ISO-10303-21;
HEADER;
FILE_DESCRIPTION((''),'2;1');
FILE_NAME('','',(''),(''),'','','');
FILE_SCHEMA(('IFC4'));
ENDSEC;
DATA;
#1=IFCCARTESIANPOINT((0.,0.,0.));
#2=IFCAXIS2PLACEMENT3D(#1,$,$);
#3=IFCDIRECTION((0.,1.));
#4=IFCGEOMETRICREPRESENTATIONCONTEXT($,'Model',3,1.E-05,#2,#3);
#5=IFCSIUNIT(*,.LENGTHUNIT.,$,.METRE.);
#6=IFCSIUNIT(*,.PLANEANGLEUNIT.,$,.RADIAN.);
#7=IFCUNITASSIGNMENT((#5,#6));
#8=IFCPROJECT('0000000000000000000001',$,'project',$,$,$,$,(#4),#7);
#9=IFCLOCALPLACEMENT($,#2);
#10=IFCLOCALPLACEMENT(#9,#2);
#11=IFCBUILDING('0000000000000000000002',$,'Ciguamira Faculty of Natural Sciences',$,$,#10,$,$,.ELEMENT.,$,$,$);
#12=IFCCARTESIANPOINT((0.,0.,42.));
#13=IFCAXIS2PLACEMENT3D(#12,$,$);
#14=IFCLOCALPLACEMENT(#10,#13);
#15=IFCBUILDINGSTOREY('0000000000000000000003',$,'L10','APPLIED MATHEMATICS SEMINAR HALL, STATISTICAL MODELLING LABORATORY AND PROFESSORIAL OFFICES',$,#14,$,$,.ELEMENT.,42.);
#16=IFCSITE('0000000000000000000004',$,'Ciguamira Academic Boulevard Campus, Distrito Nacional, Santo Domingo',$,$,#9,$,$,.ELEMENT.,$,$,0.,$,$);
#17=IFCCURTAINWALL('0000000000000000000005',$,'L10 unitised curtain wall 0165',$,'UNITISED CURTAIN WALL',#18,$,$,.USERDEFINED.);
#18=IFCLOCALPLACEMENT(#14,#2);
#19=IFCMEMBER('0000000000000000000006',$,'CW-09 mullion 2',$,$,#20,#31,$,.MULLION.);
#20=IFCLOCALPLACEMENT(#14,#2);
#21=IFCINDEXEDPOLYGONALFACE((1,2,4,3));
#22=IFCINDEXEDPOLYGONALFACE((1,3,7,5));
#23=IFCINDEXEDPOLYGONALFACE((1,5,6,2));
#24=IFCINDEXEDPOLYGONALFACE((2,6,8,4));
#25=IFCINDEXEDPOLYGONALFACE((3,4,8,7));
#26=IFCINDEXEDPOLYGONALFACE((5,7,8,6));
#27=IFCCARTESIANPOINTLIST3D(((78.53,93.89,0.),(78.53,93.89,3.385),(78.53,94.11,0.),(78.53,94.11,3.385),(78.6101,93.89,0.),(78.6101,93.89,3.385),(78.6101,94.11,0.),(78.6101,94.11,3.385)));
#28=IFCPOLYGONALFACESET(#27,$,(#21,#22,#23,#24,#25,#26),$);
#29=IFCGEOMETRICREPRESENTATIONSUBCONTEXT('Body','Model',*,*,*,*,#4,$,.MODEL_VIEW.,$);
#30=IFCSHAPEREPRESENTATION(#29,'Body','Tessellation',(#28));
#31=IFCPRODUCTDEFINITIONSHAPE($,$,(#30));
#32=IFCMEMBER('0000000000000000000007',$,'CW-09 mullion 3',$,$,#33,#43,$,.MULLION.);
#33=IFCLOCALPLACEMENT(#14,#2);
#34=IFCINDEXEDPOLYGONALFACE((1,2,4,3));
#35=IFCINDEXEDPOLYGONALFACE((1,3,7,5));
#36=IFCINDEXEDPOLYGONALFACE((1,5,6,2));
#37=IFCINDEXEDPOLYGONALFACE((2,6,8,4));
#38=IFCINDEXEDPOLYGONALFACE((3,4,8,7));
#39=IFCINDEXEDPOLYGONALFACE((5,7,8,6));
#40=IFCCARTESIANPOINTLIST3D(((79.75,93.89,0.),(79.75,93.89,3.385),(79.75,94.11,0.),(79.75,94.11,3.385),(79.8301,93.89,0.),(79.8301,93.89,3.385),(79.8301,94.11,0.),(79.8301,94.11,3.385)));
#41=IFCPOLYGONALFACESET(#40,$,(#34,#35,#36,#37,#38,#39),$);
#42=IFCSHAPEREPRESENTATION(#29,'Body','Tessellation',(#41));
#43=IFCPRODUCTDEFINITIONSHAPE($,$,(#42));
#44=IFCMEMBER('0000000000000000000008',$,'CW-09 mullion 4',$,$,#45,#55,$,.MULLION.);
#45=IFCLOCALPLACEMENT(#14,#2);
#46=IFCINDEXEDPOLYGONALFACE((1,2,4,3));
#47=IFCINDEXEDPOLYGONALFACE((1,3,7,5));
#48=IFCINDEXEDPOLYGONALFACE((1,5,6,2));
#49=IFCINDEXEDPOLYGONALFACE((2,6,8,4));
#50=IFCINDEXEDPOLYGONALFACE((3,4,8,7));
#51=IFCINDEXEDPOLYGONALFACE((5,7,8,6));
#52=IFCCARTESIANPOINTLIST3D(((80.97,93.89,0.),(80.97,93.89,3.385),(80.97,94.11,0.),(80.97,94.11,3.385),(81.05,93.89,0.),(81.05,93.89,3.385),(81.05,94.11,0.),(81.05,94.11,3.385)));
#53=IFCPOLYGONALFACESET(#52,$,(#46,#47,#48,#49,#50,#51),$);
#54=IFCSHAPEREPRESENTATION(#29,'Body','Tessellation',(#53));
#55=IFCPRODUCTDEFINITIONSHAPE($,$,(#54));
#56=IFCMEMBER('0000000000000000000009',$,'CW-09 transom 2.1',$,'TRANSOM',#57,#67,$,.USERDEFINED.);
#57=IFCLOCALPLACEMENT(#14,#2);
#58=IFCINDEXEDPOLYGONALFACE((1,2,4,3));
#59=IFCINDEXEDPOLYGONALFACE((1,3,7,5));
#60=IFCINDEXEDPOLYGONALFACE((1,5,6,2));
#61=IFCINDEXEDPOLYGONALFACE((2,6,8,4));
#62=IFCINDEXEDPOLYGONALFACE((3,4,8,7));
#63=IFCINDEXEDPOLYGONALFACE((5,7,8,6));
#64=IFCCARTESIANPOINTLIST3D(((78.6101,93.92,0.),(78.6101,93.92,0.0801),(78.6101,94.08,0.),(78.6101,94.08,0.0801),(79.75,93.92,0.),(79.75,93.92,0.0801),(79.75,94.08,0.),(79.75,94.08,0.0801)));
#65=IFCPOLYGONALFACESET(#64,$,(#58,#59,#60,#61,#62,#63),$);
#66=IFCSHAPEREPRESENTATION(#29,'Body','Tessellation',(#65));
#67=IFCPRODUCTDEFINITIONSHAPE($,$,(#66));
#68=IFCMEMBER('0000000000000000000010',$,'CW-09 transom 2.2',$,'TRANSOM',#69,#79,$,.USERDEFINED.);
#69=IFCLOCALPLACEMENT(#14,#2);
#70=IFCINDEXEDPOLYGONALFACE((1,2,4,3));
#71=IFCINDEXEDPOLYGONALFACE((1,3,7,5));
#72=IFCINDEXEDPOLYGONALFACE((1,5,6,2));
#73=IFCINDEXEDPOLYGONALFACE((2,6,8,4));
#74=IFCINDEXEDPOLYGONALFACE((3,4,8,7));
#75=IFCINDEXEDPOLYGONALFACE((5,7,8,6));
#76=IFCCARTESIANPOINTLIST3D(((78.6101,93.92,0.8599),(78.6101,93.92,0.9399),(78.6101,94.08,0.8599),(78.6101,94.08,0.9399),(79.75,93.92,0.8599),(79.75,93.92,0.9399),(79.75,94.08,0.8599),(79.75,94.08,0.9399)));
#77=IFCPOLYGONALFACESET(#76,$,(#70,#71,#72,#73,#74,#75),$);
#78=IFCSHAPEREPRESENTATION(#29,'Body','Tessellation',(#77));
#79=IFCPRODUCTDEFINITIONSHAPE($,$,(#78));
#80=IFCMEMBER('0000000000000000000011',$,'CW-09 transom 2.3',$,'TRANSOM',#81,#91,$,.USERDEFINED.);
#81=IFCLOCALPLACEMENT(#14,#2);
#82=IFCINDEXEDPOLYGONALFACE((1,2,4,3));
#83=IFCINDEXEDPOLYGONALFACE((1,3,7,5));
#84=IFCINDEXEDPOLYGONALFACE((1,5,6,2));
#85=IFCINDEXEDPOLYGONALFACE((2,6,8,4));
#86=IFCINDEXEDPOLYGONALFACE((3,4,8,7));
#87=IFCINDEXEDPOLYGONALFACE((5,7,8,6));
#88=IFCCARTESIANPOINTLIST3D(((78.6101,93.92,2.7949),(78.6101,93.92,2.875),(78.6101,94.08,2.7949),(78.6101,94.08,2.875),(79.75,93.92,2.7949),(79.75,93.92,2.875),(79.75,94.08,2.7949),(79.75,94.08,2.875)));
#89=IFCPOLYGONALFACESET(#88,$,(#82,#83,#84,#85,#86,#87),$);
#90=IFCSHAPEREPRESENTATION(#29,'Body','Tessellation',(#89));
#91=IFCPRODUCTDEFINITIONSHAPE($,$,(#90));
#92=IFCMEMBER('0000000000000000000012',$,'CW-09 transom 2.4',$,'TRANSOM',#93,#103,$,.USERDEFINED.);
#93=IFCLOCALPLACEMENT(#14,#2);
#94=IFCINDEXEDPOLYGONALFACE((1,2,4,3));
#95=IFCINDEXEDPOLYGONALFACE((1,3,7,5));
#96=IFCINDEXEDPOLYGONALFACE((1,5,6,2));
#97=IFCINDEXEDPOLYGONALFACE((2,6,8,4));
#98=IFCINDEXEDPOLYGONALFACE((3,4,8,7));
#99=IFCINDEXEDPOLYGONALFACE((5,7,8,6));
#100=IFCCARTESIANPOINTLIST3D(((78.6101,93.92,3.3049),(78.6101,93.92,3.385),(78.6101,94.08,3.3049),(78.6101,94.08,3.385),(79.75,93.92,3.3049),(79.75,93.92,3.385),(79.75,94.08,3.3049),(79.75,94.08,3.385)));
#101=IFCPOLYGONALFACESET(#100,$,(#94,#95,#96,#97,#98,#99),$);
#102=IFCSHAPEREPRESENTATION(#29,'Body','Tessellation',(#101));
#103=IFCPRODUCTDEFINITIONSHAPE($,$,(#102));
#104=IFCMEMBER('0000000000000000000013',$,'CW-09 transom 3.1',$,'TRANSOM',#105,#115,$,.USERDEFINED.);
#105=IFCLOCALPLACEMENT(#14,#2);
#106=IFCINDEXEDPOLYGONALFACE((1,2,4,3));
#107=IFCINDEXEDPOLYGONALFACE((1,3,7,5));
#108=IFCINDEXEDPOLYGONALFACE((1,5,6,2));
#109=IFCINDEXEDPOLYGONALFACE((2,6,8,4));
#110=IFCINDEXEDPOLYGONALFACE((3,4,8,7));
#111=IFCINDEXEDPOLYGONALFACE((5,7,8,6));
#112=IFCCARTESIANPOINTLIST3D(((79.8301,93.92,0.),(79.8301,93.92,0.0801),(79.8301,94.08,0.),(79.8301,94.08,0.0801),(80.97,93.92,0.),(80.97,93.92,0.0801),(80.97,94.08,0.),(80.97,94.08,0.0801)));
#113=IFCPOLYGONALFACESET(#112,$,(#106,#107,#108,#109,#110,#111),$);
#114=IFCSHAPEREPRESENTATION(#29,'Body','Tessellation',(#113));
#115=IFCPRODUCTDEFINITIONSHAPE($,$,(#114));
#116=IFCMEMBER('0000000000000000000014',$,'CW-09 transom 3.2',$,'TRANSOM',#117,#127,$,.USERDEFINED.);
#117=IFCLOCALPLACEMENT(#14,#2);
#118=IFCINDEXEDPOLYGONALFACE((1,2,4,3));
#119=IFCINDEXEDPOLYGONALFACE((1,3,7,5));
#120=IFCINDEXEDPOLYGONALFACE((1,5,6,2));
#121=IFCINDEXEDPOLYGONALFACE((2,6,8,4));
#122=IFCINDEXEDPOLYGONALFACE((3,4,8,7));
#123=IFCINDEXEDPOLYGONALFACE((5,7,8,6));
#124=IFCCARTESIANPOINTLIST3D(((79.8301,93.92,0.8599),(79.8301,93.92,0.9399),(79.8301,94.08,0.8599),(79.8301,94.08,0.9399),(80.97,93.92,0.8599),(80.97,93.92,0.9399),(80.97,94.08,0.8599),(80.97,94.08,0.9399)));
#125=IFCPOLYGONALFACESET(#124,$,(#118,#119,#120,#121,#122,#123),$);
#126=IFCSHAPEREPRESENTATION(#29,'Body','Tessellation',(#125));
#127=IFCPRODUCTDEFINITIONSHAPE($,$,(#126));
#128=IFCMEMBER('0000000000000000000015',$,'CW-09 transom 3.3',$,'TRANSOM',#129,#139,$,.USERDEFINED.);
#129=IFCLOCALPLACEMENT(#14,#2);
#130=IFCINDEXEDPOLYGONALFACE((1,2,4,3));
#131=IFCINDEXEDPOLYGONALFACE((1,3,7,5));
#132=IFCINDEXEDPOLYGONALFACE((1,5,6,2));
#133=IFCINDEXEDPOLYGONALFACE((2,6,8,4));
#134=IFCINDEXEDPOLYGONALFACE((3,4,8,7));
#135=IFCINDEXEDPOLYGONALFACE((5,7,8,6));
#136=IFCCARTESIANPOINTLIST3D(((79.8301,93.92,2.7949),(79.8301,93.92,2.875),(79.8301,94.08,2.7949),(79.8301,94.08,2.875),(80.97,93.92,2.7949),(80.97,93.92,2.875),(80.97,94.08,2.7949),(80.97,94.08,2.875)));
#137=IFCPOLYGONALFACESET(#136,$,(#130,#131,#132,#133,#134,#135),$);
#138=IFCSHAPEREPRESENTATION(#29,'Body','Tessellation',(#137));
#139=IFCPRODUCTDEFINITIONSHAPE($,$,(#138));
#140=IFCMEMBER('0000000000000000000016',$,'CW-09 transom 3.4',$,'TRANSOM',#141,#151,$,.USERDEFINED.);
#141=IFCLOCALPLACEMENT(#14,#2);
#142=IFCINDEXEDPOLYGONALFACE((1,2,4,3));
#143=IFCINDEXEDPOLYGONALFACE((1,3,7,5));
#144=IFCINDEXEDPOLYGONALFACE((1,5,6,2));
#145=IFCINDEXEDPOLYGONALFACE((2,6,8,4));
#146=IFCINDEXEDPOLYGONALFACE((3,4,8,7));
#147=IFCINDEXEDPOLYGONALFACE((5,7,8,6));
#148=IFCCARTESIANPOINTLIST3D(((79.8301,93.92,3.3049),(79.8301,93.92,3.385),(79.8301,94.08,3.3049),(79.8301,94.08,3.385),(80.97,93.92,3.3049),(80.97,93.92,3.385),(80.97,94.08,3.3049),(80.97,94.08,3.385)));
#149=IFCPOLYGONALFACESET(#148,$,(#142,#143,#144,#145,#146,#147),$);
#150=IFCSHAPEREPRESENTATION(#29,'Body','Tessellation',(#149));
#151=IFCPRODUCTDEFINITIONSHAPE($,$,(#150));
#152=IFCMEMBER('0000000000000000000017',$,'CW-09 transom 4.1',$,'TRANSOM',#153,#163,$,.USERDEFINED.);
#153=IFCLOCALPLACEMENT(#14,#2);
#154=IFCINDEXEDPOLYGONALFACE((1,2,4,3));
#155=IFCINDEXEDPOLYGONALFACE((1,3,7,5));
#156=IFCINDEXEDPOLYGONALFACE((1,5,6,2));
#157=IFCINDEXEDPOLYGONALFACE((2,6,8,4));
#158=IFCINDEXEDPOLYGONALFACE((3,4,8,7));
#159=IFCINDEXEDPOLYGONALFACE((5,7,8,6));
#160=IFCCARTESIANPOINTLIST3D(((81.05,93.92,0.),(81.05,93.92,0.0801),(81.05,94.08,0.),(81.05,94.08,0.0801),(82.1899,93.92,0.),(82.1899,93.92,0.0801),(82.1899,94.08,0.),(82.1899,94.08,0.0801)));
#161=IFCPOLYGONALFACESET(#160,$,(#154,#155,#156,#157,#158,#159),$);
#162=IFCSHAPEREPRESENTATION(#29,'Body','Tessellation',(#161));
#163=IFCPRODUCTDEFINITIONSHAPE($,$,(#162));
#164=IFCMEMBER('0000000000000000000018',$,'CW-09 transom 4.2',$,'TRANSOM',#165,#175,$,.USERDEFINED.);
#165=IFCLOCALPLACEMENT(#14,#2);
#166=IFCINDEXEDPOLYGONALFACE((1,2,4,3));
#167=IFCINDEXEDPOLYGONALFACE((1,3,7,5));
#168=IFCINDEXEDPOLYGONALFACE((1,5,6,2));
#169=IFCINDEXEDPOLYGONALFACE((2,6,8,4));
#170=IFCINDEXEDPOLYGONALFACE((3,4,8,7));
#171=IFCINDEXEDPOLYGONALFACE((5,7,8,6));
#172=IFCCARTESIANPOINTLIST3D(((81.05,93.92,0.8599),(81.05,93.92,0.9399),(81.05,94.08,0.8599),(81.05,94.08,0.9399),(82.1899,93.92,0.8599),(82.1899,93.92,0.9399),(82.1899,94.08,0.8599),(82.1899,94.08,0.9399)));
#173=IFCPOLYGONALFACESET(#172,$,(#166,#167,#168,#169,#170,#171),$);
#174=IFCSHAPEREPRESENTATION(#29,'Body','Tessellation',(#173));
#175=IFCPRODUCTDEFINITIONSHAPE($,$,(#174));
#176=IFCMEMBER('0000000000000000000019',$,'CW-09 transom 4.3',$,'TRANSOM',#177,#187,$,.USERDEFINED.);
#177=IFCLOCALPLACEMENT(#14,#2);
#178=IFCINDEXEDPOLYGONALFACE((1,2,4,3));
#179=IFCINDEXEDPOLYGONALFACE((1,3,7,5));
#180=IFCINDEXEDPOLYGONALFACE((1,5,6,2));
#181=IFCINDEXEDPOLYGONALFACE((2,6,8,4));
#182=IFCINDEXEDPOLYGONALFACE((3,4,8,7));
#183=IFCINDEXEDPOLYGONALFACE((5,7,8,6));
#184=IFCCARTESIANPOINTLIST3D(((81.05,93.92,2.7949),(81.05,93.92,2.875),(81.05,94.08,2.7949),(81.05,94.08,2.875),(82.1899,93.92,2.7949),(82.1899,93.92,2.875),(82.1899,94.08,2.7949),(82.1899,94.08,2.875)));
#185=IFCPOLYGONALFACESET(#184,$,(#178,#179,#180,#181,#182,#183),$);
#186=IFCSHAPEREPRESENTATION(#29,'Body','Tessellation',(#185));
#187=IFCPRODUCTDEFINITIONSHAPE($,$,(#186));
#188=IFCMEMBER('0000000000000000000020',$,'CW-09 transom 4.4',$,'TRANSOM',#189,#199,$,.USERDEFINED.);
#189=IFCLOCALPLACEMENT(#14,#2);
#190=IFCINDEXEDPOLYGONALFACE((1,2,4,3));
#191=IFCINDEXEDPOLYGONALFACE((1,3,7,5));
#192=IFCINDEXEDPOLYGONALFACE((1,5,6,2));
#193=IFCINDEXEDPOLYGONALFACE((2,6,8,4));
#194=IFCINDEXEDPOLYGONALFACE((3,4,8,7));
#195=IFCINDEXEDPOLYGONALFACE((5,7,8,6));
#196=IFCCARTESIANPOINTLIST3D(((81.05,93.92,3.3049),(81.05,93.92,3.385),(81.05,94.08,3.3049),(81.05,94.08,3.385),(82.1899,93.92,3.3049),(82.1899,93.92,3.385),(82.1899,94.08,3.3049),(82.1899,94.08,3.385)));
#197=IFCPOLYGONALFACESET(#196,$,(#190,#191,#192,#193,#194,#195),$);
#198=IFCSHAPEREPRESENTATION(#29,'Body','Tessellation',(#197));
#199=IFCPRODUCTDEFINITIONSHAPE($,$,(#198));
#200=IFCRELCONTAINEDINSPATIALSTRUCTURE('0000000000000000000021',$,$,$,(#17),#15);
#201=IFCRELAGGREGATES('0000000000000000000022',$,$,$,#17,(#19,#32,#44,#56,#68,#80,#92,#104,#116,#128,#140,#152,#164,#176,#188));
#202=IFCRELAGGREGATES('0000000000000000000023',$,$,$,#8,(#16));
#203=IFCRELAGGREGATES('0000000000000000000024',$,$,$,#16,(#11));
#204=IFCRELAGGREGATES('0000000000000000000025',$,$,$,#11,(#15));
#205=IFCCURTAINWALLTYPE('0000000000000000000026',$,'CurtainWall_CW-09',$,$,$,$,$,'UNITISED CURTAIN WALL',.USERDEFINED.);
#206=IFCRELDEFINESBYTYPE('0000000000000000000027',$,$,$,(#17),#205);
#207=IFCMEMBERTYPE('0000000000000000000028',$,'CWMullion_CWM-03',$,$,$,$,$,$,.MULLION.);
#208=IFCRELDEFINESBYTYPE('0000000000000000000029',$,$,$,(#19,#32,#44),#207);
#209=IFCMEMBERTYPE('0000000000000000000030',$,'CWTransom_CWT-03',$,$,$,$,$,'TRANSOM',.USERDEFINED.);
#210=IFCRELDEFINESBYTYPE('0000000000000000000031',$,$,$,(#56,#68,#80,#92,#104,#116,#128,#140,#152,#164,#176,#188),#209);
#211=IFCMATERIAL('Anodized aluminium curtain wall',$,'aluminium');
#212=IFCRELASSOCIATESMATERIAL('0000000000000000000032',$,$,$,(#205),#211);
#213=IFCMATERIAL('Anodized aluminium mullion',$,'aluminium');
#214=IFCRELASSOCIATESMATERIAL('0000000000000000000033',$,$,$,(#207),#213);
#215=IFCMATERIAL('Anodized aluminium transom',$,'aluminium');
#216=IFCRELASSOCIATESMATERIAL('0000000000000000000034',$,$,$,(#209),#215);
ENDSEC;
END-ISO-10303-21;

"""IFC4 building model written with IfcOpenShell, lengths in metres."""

from ifc_helpers import new_model, si_unit, direction, frame, origin, origin_2d, place, context, subcontext, project, spatial, rectangle, extrude, material, material_profile, profile_set, type_object, element, aggregate, save


model = new_model("IFC4")

# Units and contexts
model_context = context("Model", 3, precision=1e-05, world=origin(), true_north=direction((0.0, 1.0)))
body_context = subcontext(model_context, "Body", "Model", "MODEL_VIEW")
ifc_project = project(units=[si_unit("LENGTHUNIT", "METRE"), si_unit("PLANEANGLEUNIT", "RADIAN")], contexts=[model_context])

# Site, building, storey
site_placement = place(None, origin())
site = spatial("IfcSite", under=ifc_project, at=site_placement, Name="Ciguamira Academic Boulevard Campus, Distrito Nacional, Santo Domingo", CompositionType="ELEMENT", RefElevation=0.0)
building_placement = place(site_placement, origin())
building = spatial("IfcBuilding", under=site, at=building_placement, Name="Ciguamira Faculty of Natural Sciences", CompositionType="ELEMENT")
storey_placement = place(building_placement, frame((0.0, 0.0, 42.0)))
storey = spatial("IfcBuildingStorey", under=building, at=storey_placement, Name="L10", Description="APPLIED MATHEMATICS SEMINAR HALL, STATISTICAL MODELLING LABORATORY AND PROFESSORIAL OFFICES", CompositionType="ELEMENT", Elevation=42.0)

# Curtain wall, members
ifc_material_1 = material(Name="Anodized aluminium curtain wall", Category="aluminium")
curtain_wall_type = type_object("IfcCurtainWallType", Name="CurtainWall_CW-09", ElementType="UNITISED CURTAIN WALL", PredefinedType="USERDEFINED", material=ifc_material_1)
curtain_wall_placement = place(storey_placement, origin())
curtain_wall = element("IfcCurtainWall", 1, at=curtain_wall_placement, inside=storey, type_object=curtain_wall_type, Name="L10 unitised curtain wall 0165", ObjectType="UNITISED CURTAIN WALL", PredefinedType="USERDEFINED")
ifc_material_2 = material(Name="Anodized aluminium mullion", Category="aluminium")
ifc_material_profile_1 = material_profile(ifc_material_2, rectangle(XDim=0.0801, YDim=0.22, at=origin_2d()), Name="ALU-MUL-80X220")
ifc_profile_set_1 = profile_set([ifc_material_profile_1], Name="Anodized aluminium mullion")
member_type_1 = type_object("IfcMemberType", Name="CWMullion_CWM-03", PredefinedType="MULLION", material=ifc_profile_set_1)
member_1_placement = place(storey_placement, frame((78.5701, 94.0, 0.0), z_axis=(0.0, 0.0, 1.0), x_axis=(1.0, 0.0, 0.0)))
member_1 = element("IfcMember", 2, at=member_1_placement, type_object=member_type_1, Name="CW-09 mullion 2", PredefinedType="MULLION", context=body_context, shape_type="SweptSolid", body=[
    extrude(rectangle(XDim=0.0801, YDim=0.22, at=origin_2d()), origin(), (0.0, 0.0, 1.0), 3.385),
])
member_2_placement = place(storey_placement, frame((79.79, 94.0, 0.0), z_axis=(0.0, 0.0, 1.0), x_axis=(1.0, 0.0, 0.0)))
member_2 = element("IfcMember", 3, at=member_2_placement, type_object=member_type_1, Name="CW-09 mullion 3", PredefinedType="MULLION", context=body_context, shape_type="SweptSolid", body=[
    extrude(rectangle(XDim=0.0801, YDim=0.22, at=origin_2d()), origin(), (0.0, 0.0, 1.0), 3.385),
])
member_3_placement = place(storey_placement, frame((81.01, 94.0, 0.0), z_axis=(0.0, 0.0, 1.0), x_axis=(1.0, 0.0, 0.0)))
member_3 = element("IfcMember", 4, at=member_3_placement, type_object=member_type_1, Name="CW-09 mullion 4", PredefinedType="MULLION", context=body_context, shape_type="SweptSolid", body=[
    extrude(rectangle(XDim=0.0801, YDim=0.22, at=origin_2d()), origin(), (0.0, 0.0, 1.0), 3.385),
])
ifc_material_3 = material(Name="Anodized aluminium transom", Category="aluminium")
ifc_material_profile_2 = material_profile(ifc_material_3, rectangle(XDim=0.0801, YDim=0.1599, at=origin_2d()), Name="ALU-TRN-80X160")
ifc_profile_set_2 = profile_set([ifc_material_profile_2], Name="Anodized aluminium transom")
member_type_2 = type_object("IfcMemberType", Name="CWTransom_CWT-03", ElementType="TRANSOM", PredefinedType="USERDEFINED", material=ifc_profile_set_2)
member_4_placement = place(storey_placement, frame((78.6101, 94.0, 0.04), z_axis=(1.0, 0.0, 0.0), x_axis=(0.0, 0.0, 1.0)))
member_4 = element("IfcMember", 5, at=member_4_placement, type_object=member_type_2, Name="CW-09 transom 2.1", ObjectType="TRANSOM", PredefinedType="USERDEFINED", context=body_context, shape_type="SweptSolid", body=[
    extrude(rectangle(XDim=0.0801, YDim=0.1599, at=origin_2d()), origin(), (0.0, 0.0, 1.0), 1.1399),
])
member_5_placement = place(storey_placement, frame((78.6101, 94.0, 0.8999), z_axis=(1.0, 0.0, 0.0), x_axis=(0.0, 0.0, 1.0)))
member_5 = element("IfcMember", 6, at=member_5_placement, type_object=member_type_2, Name="CW-09 transom 2.2", ObjectType="TRANSOM", PredefinedType="USERDEFINED", context=body_context, shape_type="SweptSolid", body=[
    extrude(rectangle(XDim=0.0801, YDim=0.1599, at=origin_2d()), origin(), (0.0, 0.0, 1.0), 1.1399),
])
member_6_placement = place(storey_placement, frame((78.6101, 94.0, 2.835), z_axis=(1.0, 0.0, 0.0), x_axis=(0.0, 0.0, 1.0)))
member_6 = element("IfcMember", 7, at=member_6_placement, type_object=member_type_2, Name="CW-09 transom 2.3", ObjectType="TRANSOM", PredefinedType="USERDEFINED", context=body_context, shape_type="SweptSolid", body=[
    extrude(rectangle(XDim=0.0801, YDim=0.1599, at=origin_2d()), origin(), (0.0, 0.0, 1.0), 1.1399),
])
member_7_placement = place(storey_placement, frame((78.6101, 94.0, 3.345), z_axis=(1.0, 0.0, 0.0), x_axis=(0.0, 0.0, 1.0)))
member_7 = element("IfcMember", 8, at=member_7_placement, type_object=member_type_2, Name="CW-09 transom 2.4", ObjectType="TRANSOM", PredefinedType="USERDEFINED", context=body_context, shape_type="SweptSolid", body=[
    extrude(rectangle(XDim=0.0801, YDim=0.1599, at=origin_2d()), origin(), (0.0, 0.0, 1.0), 1.1399),
])
member_8_placement = place(storey_placement, frame((79.8301, 94.0, 0.04), z_axis=(1.0, 0.0, 0.0), x_axis=(0.0, 0.0, 1.0)))
member_8 = element("IfcMember", 9, at=member_8_placement, type_object=member_type_2, Name="CW-09 transom 3.1", ObjectType="TRANSOM", PredefinedType="USERDEFINED", context=body_context, shape_type="SweptSolid", body=[
    extrude(rectangle(XDim=0.0801, YDim=0.1599, at=origin_2d()), origin(), (0.0, 0.0, 1.0), 1.1399),
])
member_9_placement = place(storey_placement, frame((79.8301, 94.0, 0.8999), z_axis=(1.0, 0.0, 0.0), x_axis=(0.0, 0.0, 1.0)))
member_9 = element("IfcMember", 10, at=member_9_placement, type_object=member_type_2, Name="CW-09 transom 3.2", ObjectType="TRANSOM", PredefinedType="USERDEFINED", context=body_context, shape_type="SweptSolid", body=[
    extrude(rectangle(XDim=0.0801, YDim=0.1599, at=origin_2d()), origin(), (0.0, 0.0, 1.0), 1.1399),
])
member_10_placement = place(storey_placement, frame((79.8301, 94.0, 2.835), z_axis=(1.0, 0.0, 0.0), x_axis=(0.0, 0.0, 1.0)))
member_10 = element("IfcMember", 11, at=member_10_placement, type_object=member_type_2, Name="CW-09 transom 3.3", ObjectType="TRANSOM", PredefinedType="USERDEFINED", context=body_context, shape_type="SweptSolid", body=[
    extrude(rectangle(XDim=0.0801, YDim=0.1599, at=origin_2d()), origin(), (0.0, 0.0, 1.0), 1.1399),
])
member_11_placement = place(storey_placement, frame((79.8301, 94.0, 3.345), z_axis=(1.0, 0.0, 0.0), x_axis=(0.0, 0.0, 1.0)))
member_11 = element("IfcMember", 12, at=member_11_placement, type_object=member_type_2, Name="CW-09 transom 3.4", ObjectType="TRANSOM", PredefinedType="USERDEFINED", context=body_context, shape_type="SweptSolid", body=[
    extrude(rectangle(XDim=0.0801, YDim=0.1599, at=origin_2d()), origin(), (0.0, 0.0, 1.0), 1.1399),
])
member_12_placement = place(storey_placement, frame((81.05, 94.0, 0.04), z_axis=(1.0, 0.0, 0.0), x_axis=(0.0, 0.0, 1.0)))
member_12 = element("IfcMember", 13, at=member_12_placement, type_object=member_type_2, Name="CW-09 transom 4.1", ObjectType="TRANSOM", PredefinedType="USERDEFINED", context=body_context, shape_type="SweptSolid", body=[
    extrude(rectangle(XDim=0.0801, YDim=0.1599, at=origin_2d()), origin(), (0.0, 0.0, 1.0), 1.1399),
])
member_13_placement = place(storey_placement, frame((81.05, 94.0, 0.8999), z_axis=(1.0, 0.0, 0.0), x_axis=(0.0, 0.0, 1.0)))
member_13 = element("IfcMember", 14, at=member_13_placement, type_object=member_type_2, Name="CW-09 transom 4.2", ObjectType="TRANSOM", PredefinedType="USERDEFINED", context=body_context, shape_type="SweptSolid", body=[
    extrude(rectangle(XDim=0.0801, YDim=0.1599, at=origin_2d()), origin(), (0.0, 0.0, 1.0), 1.1399),
])
member_14_placement = place(storey_placement, frame((81.05, 94.0, 2.835), z_axis=(1.0, 0.0, 0.0), x_axis=(0.0, 0.0, 1.0)))
member_14 = element("IfcMember", 15, at=member_14_placement, type_object=member_type_2, Name="CW-09 transom 4.3", ObjectType="TRANSOM", PredefinedType="USERDEFINED", context=body_context, shape_type="SweptSolid", body=[
    extrude(rectangle(XDim=0.0801, YDim=0.1599, at=origin_2d()), origin(), (0.0, 0.0, 1.0), 1.1399),
])
member_15_placement = place(storey_placement, frame((81.05, 94.0, 3.345), z_axis=(1.0, 0.0, 0.0), x_axis=(0.0, 0.0, 1.0)))
member_15 = element("IfcMember", 16, at=member_15_placement, type_object=member_type_2, Name="CW-09 transom 4.4", ObjectType="TRANSOM", PredefinedType="USERDEFINED", context=body_context, shape_type="SweptSolid", body=[
    extrude(rectangle(XDim=0.0801, YDim=0.1599, at=origin_2d()), origin(), (0.0, 0.0, 1.0), 1.1399),
])
aggregate(curtain_wall, [member_1, member_2, member_3, member_4, member_5, member_6, member_7, member_8, member_9, member_10, member_11, member_12, member_13, member_14, member_15])

save(model, "model.ifc")
